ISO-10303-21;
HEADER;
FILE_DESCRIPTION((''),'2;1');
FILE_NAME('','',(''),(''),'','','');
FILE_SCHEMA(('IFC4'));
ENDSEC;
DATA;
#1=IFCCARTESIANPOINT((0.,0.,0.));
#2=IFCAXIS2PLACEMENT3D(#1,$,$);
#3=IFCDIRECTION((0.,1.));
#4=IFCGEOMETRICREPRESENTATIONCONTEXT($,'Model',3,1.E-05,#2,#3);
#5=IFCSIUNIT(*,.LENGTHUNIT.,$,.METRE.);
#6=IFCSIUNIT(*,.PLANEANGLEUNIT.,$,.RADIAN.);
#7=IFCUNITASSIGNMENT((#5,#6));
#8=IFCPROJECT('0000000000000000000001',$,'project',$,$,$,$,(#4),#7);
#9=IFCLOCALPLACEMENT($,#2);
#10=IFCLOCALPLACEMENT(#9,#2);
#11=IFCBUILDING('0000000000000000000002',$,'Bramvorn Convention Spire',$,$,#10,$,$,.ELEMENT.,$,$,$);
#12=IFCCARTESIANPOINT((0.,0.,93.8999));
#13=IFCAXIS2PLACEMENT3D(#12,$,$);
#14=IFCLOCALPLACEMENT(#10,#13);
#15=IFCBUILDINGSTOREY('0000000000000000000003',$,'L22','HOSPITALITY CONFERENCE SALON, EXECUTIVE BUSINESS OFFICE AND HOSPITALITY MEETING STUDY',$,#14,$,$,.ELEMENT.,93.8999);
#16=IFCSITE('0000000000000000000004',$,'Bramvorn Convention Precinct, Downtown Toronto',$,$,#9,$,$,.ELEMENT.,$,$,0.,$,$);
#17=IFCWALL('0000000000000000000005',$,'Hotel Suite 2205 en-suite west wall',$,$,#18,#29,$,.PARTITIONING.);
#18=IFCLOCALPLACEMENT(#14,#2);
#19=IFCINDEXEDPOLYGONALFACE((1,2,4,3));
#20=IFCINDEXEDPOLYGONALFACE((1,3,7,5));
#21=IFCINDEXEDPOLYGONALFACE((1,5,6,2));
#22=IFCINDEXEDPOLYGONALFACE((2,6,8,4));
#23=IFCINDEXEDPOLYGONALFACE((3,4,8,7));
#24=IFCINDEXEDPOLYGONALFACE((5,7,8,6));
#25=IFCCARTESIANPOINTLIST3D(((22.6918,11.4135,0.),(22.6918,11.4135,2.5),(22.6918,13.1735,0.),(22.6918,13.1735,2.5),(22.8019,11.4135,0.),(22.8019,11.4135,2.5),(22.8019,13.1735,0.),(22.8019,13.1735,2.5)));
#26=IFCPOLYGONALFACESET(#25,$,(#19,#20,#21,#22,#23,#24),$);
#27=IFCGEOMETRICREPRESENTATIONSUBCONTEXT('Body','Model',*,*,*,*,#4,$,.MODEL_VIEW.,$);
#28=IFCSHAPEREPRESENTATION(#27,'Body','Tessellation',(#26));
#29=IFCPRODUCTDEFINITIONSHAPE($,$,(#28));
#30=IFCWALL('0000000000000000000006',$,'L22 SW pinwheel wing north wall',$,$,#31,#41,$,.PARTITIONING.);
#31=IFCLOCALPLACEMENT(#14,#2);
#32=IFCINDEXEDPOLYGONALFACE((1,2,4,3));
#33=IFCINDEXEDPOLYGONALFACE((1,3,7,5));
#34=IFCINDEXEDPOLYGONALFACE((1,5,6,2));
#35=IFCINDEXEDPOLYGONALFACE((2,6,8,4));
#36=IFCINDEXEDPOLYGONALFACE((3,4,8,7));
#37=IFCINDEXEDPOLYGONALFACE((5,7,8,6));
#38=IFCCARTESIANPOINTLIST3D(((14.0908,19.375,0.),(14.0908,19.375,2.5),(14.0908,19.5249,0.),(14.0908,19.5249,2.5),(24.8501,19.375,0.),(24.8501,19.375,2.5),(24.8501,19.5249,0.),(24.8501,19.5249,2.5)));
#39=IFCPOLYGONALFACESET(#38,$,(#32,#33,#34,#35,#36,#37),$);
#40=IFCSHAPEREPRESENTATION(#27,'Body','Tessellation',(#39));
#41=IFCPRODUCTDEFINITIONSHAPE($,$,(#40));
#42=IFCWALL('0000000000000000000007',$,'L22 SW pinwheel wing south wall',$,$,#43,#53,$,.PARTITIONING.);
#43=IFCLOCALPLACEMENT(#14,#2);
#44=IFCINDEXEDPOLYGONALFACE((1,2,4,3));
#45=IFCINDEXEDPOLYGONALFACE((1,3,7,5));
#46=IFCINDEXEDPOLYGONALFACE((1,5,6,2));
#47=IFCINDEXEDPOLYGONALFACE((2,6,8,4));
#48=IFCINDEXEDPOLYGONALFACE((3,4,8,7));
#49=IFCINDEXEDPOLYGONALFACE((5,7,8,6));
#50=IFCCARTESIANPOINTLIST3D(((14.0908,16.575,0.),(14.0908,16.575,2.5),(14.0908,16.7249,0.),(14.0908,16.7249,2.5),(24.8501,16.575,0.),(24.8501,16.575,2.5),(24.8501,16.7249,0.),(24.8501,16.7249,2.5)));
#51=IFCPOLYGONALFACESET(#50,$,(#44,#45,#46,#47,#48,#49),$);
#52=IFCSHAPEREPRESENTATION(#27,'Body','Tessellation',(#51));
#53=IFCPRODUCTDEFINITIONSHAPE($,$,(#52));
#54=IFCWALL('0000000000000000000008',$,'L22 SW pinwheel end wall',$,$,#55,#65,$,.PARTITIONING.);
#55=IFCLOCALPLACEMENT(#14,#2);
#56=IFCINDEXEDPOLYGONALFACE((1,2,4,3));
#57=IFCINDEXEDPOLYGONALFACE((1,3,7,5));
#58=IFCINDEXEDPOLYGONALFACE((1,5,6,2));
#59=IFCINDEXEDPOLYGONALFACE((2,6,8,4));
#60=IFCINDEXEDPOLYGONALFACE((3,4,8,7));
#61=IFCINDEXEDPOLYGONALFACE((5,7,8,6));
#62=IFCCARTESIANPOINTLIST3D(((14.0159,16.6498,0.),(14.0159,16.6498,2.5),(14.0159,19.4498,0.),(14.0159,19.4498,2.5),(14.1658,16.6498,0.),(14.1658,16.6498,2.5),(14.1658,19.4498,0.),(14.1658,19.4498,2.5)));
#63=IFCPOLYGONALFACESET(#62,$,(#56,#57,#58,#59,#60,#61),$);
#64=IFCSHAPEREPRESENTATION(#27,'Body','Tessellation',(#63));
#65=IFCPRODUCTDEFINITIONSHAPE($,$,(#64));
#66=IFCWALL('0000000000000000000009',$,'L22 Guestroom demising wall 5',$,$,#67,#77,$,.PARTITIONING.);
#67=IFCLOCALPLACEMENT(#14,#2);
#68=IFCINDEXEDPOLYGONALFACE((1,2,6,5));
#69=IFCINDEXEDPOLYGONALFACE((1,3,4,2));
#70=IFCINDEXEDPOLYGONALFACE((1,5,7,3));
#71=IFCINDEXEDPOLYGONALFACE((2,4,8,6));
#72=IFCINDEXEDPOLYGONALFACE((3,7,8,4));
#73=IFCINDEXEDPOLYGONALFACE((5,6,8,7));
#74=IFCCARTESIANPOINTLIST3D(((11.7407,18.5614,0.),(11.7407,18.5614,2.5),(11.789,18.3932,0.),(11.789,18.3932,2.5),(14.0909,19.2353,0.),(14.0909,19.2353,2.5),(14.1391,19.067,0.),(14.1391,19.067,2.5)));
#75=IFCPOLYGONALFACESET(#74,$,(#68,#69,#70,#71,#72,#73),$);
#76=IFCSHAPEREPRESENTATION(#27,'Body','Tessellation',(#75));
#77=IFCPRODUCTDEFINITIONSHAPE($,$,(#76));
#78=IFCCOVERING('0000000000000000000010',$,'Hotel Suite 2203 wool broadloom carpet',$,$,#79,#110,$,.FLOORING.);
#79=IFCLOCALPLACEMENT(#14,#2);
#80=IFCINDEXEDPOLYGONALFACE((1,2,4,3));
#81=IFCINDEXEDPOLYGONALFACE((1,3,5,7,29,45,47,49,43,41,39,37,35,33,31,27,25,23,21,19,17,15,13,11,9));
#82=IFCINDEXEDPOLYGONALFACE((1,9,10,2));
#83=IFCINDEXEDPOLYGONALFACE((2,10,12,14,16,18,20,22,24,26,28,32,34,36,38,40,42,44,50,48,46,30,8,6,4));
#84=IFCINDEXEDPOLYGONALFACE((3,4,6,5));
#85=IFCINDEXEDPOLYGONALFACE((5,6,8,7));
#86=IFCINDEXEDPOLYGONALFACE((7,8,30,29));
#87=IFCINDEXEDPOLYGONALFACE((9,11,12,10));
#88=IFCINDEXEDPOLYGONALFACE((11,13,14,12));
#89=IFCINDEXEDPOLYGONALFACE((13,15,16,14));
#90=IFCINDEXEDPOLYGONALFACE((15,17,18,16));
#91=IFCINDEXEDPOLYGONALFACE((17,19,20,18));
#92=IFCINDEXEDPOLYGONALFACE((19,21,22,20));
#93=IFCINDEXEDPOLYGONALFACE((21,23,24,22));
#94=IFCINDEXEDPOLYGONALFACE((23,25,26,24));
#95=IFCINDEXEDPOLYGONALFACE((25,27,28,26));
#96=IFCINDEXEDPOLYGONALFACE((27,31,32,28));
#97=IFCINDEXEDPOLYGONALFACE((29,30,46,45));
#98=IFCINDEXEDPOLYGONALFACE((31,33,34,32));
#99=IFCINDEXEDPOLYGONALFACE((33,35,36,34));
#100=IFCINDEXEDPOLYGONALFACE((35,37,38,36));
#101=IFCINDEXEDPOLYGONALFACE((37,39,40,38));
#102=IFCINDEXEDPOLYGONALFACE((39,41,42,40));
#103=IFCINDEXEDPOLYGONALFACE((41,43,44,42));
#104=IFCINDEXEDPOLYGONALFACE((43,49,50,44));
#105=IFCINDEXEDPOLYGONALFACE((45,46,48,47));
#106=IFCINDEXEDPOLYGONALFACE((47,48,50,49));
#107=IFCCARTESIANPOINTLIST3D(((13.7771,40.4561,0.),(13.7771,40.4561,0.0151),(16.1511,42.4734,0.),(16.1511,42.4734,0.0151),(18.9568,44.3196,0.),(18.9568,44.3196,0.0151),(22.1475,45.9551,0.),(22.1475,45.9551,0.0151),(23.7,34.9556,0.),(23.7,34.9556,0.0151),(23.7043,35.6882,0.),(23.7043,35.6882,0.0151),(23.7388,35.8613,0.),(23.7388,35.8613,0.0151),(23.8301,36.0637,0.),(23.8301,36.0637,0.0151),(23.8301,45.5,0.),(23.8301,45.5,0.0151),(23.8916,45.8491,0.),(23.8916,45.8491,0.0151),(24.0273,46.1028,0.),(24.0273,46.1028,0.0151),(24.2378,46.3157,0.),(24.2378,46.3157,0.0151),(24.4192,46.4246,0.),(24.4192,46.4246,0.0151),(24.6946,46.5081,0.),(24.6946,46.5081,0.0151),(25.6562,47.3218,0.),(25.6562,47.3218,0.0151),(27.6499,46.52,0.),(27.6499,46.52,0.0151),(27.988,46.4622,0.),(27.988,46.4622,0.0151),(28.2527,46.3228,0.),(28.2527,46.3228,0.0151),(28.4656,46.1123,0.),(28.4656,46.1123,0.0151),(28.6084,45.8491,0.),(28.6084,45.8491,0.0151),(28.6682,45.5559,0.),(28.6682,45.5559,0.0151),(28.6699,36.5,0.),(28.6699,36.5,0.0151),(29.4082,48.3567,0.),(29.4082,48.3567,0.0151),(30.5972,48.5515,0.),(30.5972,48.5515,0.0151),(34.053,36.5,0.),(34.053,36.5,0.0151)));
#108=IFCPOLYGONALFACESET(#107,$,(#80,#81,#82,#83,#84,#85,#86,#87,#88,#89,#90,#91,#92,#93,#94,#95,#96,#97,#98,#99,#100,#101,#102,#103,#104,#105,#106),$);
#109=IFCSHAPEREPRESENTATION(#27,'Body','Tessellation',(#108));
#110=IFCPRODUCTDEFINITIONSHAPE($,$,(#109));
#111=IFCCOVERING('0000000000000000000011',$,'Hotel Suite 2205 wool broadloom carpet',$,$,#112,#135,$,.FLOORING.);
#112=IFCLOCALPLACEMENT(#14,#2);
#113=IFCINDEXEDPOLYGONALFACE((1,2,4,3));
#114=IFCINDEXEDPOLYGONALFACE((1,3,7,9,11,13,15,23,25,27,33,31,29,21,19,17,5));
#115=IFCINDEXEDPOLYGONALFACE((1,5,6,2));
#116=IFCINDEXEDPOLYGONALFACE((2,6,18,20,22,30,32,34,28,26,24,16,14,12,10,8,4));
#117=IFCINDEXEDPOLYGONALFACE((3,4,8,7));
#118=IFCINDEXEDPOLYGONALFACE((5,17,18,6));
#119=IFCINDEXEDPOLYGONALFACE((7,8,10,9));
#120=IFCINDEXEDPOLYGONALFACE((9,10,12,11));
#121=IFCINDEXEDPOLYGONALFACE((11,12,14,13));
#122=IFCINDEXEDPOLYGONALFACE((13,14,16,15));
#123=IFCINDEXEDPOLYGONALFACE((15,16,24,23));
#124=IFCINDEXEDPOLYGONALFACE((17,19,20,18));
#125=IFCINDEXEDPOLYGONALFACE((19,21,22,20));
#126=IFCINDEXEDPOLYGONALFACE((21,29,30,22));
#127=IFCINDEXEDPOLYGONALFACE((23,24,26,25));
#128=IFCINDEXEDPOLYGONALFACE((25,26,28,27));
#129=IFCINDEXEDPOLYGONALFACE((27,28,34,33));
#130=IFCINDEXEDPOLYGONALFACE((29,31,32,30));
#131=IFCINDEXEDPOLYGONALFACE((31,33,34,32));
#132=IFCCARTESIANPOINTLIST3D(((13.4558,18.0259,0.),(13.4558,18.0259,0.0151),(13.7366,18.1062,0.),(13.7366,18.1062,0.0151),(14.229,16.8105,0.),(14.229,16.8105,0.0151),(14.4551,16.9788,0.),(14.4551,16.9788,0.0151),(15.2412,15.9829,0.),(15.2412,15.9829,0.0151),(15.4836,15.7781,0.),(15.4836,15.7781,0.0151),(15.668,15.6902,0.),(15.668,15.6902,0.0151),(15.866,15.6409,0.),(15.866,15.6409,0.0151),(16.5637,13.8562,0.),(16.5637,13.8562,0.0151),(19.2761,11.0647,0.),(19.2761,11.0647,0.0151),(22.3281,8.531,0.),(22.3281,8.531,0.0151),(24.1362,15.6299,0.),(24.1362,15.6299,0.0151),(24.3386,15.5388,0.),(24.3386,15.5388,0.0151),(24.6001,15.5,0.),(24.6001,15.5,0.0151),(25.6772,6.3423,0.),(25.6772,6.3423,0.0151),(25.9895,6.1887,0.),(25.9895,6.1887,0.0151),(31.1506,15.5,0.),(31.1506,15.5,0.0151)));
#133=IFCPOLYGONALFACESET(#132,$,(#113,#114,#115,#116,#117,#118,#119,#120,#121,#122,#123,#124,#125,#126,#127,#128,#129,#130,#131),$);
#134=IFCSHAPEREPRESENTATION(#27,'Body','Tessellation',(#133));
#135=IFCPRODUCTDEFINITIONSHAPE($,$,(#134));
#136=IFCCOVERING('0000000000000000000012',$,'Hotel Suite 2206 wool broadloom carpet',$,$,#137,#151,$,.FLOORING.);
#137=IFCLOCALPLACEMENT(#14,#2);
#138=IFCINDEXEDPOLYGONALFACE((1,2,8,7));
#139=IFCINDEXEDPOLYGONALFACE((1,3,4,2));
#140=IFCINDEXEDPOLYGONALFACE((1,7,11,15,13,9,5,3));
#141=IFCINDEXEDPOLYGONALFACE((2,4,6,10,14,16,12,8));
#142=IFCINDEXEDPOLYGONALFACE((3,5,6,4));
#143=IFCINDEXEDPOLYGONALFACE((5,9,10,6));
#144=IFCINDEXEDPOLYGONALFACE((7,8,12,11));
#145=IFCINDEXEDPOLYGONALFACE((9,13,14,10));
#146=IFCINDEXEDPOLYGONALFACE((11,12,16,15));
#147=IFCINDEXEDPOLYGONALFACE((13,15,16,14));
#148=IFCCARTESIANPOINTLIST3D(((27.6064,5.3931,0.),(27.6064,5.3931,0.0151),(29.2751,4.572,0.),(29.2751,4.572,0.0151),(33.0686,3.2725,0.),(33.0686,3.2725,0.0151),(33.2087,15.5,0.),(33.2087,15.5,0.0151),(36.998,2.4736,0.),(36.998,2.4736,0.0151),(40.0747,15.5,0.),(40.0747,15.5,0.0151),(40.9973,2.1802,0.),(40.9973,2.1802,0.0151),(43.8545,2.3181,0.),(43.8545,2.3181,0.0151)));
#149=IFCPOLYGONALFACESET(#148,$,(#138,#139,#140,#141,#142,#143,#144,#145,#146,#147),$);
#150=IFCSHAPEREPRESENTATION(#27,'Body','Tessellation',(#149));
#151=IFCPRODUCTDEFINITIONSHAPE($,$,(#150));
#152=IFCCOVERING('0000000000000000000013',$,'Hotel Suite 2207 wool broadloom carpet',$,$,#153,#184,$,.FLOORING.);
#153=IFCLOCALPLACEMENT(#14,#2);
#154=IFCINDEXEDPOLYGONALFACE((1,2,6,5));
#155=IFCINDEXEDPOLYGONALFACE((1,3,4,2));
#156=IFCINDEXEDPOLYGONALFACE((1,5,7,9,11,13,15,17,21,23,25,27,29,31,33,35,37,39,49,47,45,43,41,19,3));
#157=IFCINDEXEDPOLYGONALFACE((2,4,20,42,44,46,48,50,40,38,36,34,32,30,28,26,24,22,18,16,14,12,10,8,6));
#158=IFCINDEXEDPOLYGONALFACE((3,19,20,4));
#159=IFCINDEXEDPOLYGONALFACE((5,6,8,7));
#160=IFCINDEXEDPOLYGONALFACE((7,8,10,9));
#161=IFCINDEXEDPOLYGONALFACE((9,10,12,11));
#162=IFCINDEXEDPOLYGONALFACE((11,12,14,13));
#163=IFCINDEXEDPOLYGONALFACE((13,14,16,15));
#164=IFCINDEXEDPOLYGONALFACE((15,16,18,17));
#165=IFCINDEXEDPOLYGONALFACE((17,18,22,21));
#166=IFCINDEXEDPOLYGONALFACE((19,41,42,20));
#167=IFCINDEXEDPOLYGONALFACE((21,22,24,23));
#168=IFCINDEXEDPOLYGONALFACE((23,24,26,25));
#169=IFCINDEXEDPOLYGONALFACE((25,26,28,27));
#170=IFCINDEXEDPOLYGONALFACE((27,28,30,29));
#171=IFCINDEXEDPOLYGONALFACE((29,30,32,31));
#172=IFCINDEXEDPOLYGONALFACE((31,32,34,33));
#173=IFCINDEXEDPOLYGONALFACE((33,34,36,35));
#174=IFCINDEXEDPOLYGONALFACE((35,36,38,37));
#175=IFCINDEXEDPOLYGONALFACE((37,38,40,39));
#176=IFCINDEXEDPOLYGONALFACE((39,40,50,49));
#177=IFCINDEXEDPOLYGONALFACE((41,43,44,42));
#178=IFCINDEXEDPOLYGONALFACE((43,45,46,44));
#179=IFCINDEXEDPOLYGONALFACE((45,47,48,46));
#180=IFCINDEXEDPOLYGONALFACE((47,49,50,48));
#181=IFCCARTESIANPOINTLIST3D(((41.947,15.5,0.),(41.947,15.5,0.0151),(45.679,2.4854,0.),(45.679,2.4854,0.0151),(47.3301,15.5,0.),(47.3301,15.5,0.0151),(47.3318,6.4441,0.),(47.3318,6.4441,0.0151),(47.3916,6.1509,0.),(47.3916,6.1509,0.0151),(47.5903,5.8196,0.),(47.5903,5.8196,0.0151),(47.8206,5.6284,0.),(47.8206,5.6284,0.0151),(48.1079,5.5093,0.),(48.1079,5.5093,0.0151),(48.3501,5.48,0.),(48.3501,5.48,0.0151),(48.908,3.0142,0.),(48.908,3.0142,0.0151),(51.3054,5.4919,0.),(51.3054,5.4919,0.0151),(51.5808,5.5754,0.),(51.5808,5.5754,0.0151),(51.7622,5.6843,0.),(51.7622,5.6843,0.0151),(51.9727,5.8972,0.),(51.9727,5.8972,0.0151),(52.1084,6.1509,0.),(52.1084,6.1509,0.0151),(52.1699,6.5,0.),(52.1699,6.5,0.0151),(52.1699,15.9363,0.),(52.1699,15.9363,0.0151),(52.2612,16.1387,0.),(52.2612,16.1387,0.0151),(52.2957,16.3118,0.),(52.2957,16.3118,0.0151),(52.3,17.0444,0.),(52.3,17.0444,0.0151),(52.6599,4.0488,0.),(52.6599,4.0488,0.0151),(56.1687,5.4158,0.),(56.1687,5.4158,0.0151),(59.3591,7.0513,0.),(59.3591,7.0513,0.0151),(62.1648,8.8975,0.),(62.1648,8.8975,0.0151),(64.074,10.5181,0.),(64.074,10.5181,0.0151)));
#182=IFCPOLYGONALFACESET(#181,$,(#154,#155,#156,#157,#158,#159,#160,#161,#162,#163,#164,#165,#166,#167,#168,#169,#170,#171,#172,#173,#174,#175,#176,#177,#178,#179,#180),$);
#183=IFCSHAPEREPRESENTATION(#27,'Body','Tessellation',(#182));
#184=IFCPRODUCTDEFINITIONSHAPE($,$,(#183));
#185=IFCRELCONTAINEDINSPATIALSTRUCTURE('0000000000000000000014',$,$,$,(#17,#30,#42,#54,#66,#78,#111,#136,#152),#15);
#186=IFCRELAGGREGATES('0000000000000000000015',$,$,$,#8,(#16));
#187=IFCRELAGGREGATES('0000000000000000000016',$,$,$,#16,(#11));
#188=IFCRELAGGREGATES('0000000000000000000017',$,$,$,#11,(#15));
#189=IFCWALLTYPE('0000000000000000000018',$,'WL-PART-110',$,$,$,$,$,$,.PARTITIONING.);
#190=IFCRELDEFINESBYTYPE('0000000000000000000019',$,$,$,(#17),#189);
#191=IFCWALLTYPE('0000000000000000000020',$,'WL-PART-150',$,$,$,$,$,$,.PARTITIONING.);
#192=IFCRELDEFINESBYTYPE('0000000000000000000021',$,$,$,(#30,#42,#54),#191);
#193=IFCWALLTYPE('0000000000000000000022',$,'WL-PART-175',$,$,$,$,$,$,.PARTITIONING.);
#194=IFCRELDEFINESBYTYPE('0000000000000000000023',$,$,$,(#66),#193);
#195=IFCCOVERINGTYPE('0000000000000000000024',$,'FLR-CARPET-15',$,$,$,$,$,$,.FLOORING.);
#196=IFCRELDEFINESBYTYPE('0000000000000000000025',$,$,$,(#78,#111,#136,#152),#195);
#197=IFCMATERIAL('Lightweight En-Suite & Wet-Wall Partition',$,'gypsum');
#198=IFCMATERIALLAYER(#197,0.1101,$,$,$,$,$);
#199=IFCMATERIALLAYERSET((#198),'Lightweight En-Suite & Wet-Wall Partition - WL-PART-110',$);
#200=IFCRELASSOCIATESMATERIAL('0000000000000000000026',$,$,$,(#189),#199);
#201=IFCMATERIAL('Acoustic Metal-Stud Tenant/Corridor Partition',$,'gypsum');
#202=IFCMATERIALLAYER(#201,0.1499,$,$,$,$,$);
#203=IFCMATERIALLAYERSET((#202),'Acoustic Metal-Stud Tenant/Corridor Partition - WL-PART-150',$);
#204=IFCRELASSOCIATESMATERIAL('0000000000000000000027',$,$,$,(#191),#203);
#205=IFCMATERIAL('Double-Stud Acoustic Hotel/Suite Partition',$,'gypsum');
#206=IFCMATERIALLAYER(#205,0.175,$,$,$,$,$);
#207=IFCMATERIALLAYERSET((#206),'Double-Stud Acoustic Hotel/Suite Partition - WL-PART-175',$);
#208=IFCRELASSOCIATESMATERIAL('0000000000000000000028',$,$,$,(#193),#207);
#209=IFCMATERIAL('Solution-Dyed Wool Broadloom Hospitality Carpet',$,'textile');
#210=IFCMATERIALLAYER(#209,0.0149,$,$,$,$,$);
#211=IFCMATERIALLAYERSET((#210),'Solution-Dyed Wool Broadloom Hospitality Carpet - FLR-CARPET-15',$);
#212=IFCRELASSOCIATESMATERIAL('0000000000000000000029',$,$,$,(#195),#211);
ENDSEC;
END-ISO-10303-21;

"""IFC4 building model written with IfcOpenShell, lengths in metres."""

from ifc_helpers import new_model, si_unit, direction, frame, frame_2d, origin, place, context, subcontext, project, spatial, polyline, rectangle, outline, extrude, material, layer, layer_set, type_object, element, save


model = new_model("IFC4")

# Units and contexts
model_context = context("Model", 3, precision=1e-05, world=origin(), true_north=direction((0.0, 1.0)))
body_context = subcontext(model_context, "Body", "Model", "MODEL_VIEW")
ifc_project = project(units=[si_unit("LENGTHUNIT", "METRE"), si_unit("PLANEANGLEUNIT", "RADIAN")], contexts=[model_context])

# Site, building, storey
site_placement = place(None, origin())
site = spatial("IfcSite", under=ifc_project, at=site_placement, Name="Bramvorn Convention Precinct, Downtown Toronto", CompositionType="ELEMENT", RefElevation=0.0)
building_placement = place(site_placement, origin())
building = spatial("IfcBuilding", under=site, at=building_placement, Name="Bramvorn Convention Spire", CompositionType="ELEMENT")
storey_placement = place(building_placement, frame((0.0, 0.0, 93.8999)))
storey = spatial("IfcBuildingStorey", under=building, at=storey_placement, Name="L22", Description="HOSPITALITY CONFERENCE SALON, EXECUTIVE BUSINESS OFFICE AND HOSPITALITY MEETING STUDY", CompositionType="ELEMENT", Elevation=93.8999)

# Shared definitions
ifc_material_1 = material(Name="Lightweight En-Suite & Wet-Wall Partition", Category="gypsum")
ifc_layer_1 = layer(ifc_material_1, 0.1101)
ifc_layer_set_1 = layer_set([ifc_layer_1], Name="Lightweight En-Suite & Wet-Wall Partition - WL-PART-110")
wall_type_1 = type_object("IfcWallType", Name="WL-PART-110", PredefinedType="PARTITIONING", material=ifc_layer_set_1)

# Walls
wall_1_placement = place(storey_placement, frame((22.7468, 11.4136, 0.0), z_axis=(0.0, 0.0, 1.0), x_axis=(0.0, 1.0, 0.0)))
element("IfcWall", 1, at=wall_1_placement, inside=storey, type_object=wall_type_1, Name="Hotel Suite 2205 en-suite west wall", PredefinedType="PARTITIONING", context=body_context, shape_type="SweptSolid", body=[
    extrude(rectangle(XDim=1.76, YDim=0.1101, at=frame_2d((0.8799, 0.0))), origin(), (0.0, 0.0, 1.0), 2.5),
])
ifc_material_2 = material(Name="Acoustic Metal-Stud Tenant/Corridor Partition", Category="gypsum")
ifc_layer_2 = layer(ifc_material_2, 0.1499)
ifc_layer_set_2 = layer_set([ifc_layer_2], Name="Acoustic Metal-Stud Tenant/Corridor Partition - WL-PART-150")
wall_type_2 = type_object("IfcWallType", Name="WL-PART-150", PredefinedType="PARTITIONING", material=ifc_layer_set_2)
for number, where, z_axis, x_axis, name in (
    (2, (14.0908, 19.45, 0.0), (0.0, 0.0, 1.0), (1.0, 0.0, 0.0), "L22 SW pinwheel wing north wall"),
    (3, (14.0908, 16.6499, 0.0), (0.0, 0.0, 1.0), (1.0, 0.0, 0.0), "L22 SW pinwheel wing south wall"),
):
    element("IfcWall", number, at=place(storey_placement, frame(where, z_axis=z_axis, x_axis=x_axis)), inside=storey, type_object=wall_type_2, Name=name, PredefinedType="PARTITIONING", context=body_context, shape_type="SweptSolid", body=[
        extrude(rectangle(XDim=10.7593, YDim=0.1499, at=frame_2d((5.3796, 0.0))), origin(), (0.0, 0.0, 1.0), 2.5),
    ])
wall_2_placement = place(storey_placement, frame((14.0908, 16.6499, 0.0), z_axis=(0.0, 0.0, 1.0), x_axis=(0.0, 1.0, 0.0)))
element("IfcWall", 4, at=wall_2_placement, inside=storey, type_object=wall_type_2, Name="L22 SW pinwheel end wall", PredefinedType="PARTITIONING", context=body_context, shape_type="SweptSolid", body=[
    extrude(rectangle(XDim=2.8, YDim=0.1499, at=frame_2d((1.3999, 0.0))), origin(), (0.0, 0.0, 1.0), 2.5),
])
ifc_material_3 = material(Name="Double-Stud Acoustic Hotel/Suite Partition", Category="gypsum")
ifc_layer_3 = layer(ifc_material_3, 0.175)
ifc_layer_set_3 = layer_set([ifc_layer_3], Name="Double-Stud Acoustic Hotel/Suite Partition - WL-PART-175")
wall_type_3 = type_object("IfcWallType", Name="WL-PART-175", PredefinedType="PARTITIONING", material=ifc_layer_set_3)
wall_3_placement = place(storey_placement, frame((14.115, 19.1511, 0.0), z_axis=(0.0, 0.0, 1.0), x_axis=(-0.961267, -0.275618, 0.0)))
element("IfcWall", 5, at=wall_3_placement, inside=storey, type_object=wall_type_3, Name="L22 Guestroom demising wall 5", PredefinedType="PARTITIONING", context=body_context, shape_type="SweptSolid", body=[
    extrude(rectangle(XDim=2.4448, YDim=0.175, at=frame_2d((1.2224, 0.0))), origin(), (0.0, 0.0, 1.0), 2.5),
])

# Coverings
ifc_material_4 = material(Name="Solution-Dyed Wool Broadloom Hospitality Carpet", Category="textile")
ifc_layer_4 = layer(ifc_material_4, 0.0149)
ifc_layer_set_4 = layer_set([ifc_layer_4], Name="Solution-Dyed Wool Broadloom Hospitality Carpet - FLR-CARPET-15")
covering_type = type_object("IfcCoveringType", Name="FLR-CARPET-15", PredefinedType="FLOORING", material=ifc_layer_set_4)
covering_1_placement = place(storey_placement, origin())
element("IfcCovering", 6, at=covering_1_placement, inside=storey, type_object=covering_type, Name="Hotel Suite 2203 wool broadloom carpet", PredefinedType="FLOORING", context=body_context, shape_type="SweptSolid", body=[
    extrude(outline(polyline([(13.7771, 40.4561), (23.7, 34.9556), (23.7043, 35.6882), (23.7388, 35.8613), (23.8301, 36.0637), (23.8301, 45.5), (23.8916, 45.8491), (24.0273, 46.1028), (24.2378, 46.3157), (24.4192, 46.4246), (24.6946, 46.5081), (27.6499, 46.52), (27.988, 46.4622), (28.2527, 46.3228), (28.4656, 46.1123), (28.6084, 45.8491), (28.6682, 45.5559), (28.6699, 36.5), (34.053, 36.5), (30.5972, 48.5515), (29.4082, 48.3567), (25.6562, 47.3218), (22.1475, 45.9551), (18.9568, 44.3196), (16.1511, 42.4734), (13.7771, 40.4561)])), origin(), (0.0, 0.0, 1.0), 0.0151),
])
covering_2_placement = place(storey_placement, origin())
element("IfcCovering", 7, at=covering_2_placement, inside=storey, type_object=covering_type, Name="Hotel Suite 2205 wool broadloom carpet", PredefinedType="FLOORING", context=body_context, shape_type="SweptSolid", body=[
    extrude(outline(polyline([(25.6772, 6.3423), (25.9895, 6.1887), (31.1506, 15.5), (24.6001, 15.5), (24.3386, 15.5388), (24.1362, 15.6299), (15.866, 15.6409), (15.668, 15.6902), (15.4836, 15.7781), (15.2412, 15.9829), (14.4551, 16.9788), (13.7366, 18.1062), (13.4558, 18.0259), (14.229, 16.8105), (16.5637, 13.8562), (19.2761, 11.0647), (22.3281, 8.531), (25.6772, 6.3423)])), origin(), (0.0, 0.0, 1.0), 0.0151),
])
covering_3_placement = place(storey_placement, origin())
element("IfcCovering", 8, at=covering_3_placement, inside=storey, type_object=covering_type, Name="Hotel Suite 2206 wool broadloom carpet", PredefinedType="FLOORING", context=body_context, shape_type="SweptSolid", body=[
    extrude(outline(polyline([(40.9973, 2.1802), (43.8545, 2.3181), (40.0747, 15.5), (33.2087, 15.5), (27.6064, 5.3931), (29.2751, 4.572), (33.0686, 3.2725), (36.998, 2.4736), (40.9973, 2.1802)])), origin(), (0.0, 0.0, 1.0), 0.0151),
])
covering_4_placement = place(storey_placement, origin())
element("IfcCovering", 9, at=covering_4_placement, inside=storey, type_object=covering_type, Name="Hotel Suite 2207 wool broadloom carpet", PredefinedType="FLOORING", context=body_context, shape_type="SweptSolid", body=[
    extrude(outline(polyline([(48.908, 3.0142), (52.6599, 4.0488), (56.1687, 5.4158), (59.3591, 7.0513), (62.1648, 8.8975), (64.074, 10.5181), (52.3, 17.0444), (52.2957, 16.3118), (52.2612, 16.1387), (52.1699, 15.9363), (52.1699, 6.5), (52.1084, 6.1509), (51.9727, 5.8972), (51.7622, 5.6843), (51.5808, 5.5754), (51.3054, 5.4919), (48.3501, 5.48), (48.1079, 5.5093), (47.8206, 5.6284), (47.5903, 5.8196), (47.3916, 6.1509), (47.3318, 6.4441), (47.3301, 15.5), (41.947, 15.5), (45.679, 2.4854), (48.908, 3.0142)])), origin(), (0.0, 0.0, 1.0), 0.0151),
])

save(model, "model.ifc")
